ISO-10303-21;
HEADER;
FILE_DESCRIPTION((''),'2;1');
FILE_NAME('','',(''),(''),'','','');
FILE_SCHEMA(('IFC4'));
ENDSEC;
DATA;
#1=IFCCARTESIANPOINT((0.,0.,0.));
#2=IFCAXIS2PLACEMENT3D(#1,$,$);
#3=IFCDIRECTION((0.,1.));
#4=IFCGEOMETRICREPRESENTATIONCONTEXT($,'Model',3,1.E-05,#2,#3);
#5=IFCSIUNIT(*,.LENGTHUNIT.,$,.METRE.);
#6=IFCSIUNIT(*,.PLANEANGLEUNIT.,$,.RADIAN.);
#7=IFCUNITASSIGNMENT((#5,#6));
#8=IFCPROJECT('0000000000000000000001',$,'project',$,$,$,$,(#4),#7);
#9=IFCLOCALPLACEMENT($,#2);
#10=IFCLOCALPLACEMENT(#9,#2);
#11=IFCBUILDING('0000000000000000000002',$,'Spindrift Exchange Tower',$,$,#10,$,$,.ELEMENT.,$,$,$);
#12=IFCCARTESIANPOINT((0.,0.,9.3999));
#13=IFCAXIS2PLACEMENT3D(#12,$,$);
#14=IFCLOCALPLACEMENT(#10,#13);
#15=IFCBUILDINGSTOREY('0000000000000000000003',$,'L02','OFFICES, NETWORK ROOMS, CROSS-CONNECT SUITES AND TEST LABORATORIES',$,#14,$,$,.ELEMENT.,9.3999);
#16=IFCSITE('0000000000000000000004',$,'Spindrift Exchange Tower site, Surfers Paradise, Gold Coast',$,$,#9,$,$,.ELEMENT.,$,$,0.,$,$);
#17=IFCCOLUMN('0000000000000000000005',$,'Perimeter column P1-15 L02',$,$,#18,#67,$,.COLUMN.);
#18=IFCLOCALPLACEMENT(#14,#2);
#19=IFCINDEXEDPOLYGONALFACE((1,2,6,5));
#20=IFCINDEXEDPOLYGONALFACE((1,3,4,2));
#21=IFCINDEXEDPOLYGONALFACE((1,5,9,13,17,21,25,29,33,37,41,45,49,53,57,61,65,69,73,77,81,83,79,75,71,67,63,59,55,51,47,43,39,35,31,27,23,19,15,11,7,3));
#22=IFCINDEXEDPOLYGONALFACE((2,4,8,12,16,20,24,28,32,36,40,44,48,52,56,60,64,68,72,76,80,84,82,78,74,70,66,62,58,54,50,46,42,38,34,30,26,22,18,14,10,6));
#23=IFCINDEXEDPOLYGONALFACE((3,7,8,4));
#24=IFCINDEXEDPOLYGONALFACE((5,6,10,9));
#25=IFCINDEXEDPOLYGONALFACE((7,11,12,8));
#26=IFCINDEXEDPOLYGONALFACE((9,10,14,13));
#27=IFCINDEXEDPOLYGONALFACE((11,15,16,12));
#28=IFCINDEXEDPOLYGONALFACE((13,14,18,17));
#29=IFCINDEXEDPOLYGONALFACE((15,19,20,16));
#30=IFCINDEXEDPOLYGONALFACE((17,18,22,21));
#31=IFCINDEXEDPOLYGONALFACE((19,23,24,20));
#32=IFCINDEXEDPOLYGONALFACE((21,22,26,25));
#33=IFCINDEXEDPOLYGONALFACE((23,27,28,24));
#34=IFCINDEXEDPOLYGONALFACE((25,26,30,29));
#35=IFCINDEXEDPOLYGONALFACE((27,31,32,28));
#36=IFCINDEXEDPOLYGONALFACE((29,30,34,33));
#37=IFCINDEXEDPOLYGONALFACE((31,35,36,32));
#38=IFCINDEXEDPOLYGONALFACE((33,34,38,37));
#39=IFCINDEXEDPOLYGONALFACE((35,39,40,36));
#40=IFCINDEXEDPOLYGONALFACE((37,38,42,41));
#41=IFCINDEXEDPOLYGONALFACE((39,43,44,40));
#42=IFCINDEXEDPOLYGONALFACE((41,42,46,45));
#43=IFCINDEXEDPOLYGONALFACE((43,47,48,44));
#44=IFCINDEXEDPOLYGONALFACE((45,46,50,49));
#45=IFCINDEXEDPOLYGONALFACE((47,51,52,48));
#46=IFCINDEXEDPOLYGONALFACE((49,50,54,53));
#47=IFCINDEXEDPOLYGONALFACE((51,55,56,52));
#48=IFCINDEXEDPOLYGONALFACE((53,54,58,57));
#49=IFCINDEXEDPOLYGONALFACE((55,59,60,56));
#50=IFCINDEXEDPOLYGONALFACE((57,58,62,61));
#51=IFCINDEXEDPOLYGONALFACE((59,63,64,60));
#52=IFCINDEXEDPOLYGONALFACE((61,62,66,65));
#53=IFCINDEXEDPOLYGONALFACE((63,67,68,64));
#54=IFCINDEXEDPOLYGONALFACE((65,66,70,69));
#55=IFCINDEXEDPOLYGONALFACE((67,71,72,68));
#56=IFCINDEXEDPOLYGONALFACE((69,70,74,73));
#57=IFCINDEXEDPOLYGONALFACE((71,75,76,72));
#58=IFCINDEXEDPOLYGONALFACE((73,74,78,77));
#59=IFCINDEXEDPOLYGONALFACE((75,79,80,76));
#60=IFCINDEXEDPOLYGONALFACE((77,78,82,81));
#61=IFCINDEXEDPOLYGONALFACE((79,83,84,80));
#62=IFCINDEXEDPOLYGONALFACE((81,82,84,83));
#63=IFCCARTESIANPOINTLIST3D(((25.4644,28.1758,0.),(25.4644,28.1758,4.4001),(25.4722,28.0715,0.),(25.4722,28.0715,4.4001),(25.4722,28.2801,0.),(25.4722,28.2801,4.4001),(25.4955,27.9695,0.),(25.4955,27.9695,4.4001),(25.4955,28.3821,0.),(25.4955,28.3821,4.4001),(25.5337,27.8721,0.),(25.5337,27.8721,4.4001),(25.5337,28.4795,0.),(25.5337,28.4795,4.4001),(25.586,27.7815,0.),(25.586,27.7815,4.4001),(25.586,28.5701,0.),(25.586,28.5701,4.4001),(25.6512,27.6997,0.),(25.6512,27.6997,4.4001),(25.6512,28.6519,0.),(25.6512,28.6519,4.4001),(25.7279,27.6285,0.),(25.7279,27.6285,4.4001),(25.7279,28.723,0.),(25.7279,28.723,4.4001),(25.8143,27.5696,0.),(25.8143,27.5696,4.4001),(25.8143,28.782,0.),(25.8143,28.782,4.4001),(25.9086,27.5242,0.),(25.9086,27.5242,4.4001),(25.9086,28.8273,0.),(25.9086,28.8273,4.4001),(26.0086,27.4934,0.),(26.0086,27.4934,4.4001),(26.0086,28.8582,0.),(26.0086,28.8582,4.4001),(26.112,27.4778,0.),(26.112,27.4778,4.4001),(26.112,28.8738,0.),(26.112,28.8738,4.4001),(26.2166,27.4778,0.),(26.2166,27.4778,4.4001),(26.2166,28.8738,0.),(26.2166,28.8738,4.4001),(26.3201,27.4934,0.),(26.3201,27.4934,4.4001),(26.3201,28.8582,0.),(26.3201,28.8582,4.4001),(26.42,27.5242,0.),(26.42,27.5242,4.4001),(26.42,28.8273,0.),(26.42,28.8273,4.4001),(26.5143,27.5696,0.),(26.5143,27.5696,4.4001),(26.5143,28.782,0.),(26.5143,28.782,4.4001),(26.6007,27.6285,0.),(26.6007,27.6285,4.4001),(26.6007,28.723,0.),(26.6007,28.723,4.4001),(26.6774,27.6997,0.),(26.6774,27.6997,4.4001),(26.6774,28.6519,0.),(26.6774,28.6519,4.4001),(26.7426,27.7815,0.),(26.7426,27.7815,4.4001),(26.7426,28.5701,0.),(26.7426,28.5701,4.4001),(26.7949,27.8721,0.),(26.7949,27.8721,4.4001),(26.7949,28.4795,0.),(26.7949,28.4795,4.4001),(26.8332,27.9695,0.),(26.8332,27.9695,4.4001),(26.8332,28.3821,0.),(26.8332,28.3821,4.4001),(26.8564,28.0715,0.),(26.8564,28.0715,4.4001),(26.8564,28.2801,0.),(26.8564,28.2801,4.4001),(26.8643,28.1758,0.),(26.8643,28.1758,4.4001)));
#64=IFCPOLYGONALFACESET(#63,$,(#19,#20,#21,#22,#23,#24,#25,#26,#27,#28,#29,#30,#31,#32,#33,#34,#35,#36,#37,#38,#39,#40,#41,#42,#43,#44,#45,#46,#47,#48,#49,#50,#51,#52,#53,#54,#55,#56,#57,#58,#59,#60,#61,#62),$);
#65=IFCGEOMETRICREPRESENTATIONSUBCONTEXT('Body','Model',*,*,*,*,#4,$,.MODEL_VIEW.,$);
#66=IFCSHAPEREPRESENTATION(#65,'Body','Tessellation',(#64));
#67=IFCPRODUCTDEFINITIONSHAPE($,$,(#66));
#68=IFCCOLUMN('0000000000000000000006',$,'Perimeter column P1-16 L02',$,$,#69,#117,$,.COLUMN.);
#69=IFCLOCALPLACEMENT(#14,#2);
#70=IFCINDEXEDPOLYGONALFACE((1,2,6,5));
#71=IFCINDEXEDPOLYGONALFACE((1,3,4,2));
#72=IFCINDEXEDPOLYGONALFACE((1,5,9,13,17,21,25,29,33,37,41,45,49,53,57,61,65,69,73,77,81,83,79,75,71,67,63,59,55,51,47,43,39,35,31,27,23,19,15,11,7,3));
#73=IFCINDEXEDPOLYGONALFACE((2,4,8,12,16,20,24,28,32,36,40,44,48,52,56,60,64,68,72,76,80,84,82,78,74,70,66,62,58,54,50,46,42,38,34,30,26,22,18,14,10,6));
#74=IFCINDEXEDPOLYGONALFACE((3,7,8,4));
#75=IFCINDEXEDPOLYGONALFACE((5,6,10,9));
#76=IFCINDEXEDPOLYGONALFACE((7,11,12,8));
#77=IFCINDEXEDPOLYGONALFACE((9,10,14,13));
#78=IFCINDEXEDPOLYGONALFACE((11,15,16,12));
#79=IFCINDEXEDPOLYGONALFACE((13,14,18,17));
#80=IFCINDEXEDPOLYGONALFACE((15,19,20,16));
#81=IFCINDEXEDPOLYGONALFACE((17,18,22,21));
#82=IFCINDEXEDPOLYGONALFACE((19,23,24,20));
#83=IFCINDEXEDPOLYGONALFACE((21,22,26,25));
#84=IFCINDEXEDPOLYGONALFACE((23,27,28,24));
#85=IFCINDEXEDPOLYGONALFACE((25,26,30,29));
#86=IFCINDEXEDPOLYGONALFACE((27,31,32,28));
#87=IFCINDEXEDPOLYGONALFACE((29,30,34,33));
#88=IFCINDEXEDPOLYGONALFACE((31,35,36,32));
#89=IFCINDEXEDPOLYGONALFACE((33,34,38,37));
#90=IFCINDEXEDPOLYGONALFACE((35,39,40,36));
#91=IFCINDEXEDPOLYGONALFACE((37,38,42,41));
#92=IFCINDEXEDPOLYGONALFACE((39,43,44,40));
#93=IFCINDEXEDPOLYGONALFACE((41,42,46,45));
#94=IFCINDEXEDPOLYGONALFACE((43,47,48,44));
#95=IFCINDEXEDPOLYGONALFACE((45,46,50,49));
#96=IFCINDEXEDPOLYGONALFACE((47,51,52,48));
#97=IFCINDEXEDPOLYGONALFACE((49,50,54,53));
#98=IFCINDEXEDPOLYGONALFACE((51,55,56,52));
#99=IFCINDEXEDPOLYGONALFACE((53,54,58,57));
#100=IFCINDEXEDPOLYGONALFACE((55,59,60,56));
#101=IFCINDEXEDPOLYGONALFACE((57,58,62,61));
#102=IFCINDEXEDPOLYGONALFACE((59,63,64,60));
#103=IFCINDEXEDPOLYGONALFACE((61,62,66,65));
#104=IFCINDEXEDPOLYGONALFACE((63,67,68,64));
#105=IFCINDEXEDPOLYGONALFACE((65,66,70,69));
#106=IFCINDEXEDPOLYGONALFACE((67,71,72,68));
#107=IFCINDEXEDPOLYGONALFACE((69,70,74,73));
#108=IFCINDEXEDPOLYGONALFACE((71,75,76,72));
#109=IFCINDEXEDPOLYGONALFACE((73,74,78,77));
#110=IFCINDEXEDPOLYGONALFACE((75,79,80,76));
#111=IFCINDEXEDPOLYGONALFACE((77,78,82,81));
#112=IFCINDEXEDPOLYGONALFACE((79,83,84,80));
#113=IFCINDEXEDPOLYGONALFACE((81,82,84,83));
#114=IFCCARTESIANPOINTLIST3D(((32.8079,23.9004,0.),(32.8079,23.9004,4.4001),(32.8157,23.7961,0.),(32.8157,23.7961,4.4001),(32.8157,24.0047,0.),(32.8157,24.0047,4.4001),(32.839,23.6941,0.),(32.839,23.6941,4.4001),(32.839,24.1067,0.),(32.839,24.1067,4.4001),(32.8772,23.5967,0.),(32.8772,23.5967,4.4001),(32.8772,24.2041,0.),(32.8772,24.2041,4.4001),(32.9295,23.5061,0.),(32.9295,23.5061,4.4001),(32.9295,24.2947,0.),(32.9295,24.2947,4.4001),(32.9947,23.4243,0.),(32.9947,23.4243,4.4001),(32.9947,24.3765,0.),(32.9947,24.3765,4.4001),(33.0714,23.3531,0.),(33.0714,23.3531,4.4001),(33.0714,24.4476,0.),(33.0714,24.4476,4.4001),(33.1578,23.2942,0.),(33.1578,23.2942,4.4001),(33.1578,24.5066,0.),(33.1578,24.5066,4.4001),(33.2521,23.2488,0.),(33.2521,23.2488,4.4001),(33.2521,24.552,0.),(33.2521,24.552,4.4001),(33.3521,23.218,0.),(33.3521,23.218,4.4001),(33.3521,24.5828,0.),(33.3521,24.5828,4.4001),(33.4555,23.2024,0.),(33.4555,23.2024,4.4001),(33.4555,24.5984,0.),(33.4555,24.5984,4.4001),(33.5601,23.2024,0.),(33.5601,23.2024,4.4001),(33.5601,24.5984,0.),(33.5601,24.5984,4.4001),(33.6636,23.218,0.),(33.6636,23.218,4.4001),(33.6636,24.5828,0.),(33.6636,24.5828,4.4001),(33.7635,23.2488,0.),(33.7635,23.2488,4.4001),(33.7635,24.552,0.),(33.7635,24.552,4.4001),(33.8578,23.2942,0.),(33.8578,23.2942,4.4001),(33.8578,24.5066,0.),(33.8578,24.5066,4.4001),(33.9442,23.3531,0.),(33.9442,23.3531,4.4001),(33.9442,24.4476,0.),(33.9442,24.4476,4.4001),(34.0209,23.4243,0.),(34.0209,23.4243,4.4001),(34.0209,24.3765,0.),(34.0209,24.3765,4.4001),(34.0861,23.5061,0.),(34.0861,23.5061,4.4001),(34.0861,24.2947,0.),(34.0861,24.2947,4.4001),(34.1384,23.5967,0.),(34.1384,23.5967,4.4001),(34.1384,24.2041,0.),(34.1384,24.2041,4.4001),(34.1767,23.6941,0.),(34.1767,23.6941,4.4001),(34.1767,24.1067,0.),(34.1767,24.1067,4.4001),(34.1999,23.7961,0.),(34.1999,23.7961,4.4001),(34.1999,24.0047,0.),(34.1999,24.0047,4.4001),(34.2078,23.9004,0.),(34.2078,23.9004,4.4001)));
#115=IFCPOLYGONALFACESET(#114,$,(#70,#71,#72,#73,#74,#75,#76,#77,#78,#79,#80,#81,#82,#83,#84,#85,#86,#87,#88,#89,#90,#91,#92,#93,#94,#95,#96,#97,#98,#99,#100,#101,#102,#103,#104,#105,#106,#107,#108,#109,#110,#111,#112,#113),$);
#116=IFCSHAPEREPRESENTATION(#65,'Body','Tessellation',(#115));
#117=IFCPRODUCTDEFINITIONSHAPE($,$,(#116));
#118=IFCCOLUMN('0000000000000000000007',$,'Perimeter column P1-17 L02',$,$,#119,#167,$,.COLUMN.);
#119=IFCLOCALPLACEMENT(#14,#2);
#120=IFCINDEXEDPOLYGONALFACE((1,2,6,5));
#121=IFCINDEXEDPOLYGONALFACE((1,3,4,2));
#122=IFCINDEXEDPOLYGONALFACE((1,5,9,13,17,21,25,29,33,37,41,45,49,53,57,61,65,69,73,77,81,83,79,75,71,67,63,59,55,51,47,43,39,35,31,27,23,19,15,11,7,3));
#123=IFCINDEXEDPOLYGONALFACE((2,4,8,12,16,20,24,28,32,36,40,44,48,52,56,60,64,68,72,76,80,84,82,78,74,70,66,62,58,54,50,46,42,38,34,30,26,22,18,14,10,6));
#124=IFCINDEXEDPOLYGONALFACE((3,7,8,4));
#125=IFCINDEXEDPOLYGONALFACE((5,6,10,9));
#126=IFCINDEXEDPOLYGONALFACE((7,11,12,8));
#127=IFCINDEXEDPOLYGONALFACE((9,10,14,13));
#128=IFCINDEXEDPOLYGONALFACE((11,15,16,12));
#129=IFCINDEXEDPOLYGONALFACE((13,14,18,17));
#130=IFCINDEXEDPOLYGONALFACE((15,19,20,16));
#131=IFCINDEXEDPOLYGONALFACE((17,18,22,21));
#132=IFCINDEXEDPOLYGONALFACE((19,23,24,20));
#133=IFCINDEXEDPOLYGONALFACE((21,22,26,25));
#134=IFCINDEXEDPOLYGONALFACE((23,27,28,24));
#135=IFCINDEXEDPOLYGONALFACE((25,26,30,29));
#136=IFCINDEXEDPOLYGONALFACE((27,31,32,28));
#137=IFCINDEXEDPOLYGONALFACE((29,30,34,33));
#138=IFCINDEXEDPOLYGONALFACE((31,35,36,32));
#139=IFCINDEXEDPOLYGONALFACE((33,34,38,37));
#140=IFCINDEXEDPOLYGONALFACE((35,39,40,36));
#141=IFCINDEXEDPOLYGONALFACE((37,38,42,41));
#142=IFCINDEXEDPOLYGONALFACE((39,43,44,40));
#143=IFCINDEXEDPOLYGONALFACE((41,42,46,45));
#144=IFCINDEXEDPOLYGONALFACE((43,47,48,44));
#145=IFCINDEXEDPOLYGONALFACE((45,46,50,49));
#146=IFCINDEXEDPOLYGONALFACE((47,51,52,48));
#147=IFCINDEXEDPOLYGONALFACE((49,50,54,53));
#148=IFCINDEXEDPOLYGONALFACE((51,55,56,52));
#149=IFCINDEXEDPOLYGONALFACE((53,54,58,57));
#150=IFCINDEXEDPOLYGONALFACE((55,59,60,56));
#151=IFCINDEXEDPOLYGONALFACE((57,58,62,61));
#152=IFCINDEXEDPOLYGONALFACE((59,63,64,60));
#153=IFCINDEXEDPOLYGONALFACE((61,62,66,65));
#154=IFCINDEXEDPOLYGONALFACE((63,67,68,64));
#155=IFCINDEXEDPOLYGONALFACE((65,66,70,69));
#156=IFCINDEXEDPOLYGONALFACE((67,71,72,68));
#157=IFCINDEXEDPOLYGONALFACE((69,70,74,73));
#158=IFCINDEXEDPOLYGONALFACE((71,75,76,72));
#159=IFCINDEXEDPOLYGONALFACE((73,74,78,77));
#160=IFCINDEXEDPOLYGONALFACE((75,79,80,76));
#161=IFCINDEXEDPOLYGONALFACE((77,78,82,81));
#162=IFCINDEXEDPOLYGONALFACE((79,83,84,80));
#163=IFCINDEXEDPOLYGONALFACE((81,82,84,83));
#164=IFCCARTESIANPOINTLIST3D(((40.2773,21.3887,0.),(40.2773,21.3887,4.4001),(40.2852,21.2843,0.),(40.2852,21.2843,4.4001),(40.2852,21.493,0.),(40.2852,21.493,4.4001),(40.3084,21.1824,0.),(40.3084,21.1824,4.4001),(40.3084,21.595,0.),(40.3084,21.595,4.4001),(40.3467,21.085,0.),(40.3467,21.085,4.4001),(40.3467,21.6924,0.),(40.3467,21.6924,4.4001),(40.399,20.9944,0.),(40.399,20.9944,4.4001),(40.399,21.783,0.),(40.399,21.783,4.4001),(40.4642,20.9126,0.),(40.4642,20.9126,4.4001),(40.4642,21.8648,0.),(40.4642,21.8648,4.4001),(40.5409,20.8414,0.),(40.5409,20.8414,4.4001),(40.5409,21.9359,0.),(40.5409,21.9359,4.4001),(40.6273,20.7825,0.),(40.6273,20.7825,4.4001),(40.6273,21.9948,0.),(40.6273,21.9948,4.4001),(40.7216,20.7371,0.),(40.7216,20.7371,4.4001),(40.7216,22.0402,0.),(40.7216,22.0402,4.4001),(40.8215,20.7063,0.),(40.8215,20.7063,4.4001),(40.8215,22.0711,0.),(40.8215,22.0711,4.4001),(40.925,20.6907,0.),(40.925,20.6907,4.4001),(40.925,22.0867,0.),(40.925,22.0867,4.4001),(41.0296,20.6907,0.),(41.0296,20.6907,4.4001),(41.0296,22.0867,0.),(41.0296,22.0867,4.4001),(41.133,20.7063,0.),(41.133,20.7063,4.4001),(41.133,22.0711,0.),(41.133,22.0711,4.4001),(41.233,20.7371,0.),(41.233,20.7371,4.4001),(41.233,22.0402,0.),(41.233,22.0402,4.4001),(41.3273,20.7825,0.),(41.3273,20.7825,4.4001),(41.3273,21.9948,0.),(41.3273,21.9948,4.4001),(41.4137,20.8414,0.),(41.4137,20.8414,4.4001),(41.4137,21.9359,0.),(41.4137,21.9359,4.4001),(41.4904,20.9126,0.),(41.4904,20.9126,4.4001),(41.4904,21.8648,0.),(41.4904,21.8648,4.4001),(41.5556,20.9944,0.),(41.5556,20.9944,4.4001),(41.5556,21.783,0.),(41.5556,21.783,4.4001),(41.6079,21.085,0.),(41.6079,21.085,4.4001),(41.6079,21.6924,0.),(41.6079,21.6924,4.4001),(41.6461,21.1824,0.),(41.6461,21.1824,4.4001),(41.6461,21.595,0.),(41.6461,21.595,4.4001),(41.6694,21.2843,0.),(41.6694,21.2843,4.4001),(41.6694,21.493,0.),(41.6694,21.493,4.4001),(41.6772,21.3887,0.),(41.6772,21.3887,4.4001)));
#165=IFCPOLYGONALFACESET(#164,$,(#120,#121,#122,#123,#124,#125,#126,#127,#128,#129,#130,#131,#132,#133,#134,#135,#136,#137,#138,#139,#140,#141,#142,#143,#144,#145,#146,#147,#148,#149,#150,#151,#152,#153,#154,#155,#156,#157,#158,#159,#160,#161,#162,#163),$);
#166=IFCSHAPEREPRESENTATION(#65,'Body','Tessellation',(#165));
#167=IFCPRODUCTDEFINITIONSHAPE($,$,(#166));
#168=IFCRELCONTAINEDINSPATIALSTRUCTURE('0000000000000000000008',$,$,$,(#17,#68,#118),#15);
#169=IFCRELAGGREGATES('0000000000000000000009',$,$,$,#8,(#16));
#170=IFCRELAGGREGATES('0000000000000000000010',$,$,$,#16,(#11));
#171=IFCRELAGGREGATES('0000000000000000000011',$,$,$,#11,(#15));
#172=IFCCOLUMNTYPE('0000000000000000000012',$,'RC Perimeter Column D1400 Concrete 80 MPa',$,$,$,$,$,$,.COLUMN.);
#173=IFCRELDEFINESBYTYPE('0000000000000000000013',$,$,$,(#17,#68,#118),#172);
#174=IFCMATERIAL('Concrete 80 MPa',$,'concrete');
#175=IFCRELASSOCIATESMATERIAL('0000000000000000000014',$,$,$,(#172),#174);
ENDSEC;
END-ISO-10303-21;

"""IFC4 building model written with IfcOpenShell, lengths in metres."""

from ifc_helpers import new_model, si_unit, direction, frame, origin, origin_2d, place, context, subcontext, project, spatial, circle, extrude, source, transform, mapped, material, material_profile, profile_set, type_object, element, save


model = new_model("IFC4")

# Units and contexts
model_context = context("Model", 3, precision=1e-05, world=origin(), true_north=direction((0.0, 1.0)))
body_context = subcontext(model_context, "Body", "Model", "MODEL_VIEW")
ifc_project = project(units=[si_unit("LENGTHUNIT", "METRE"), si_unit("PLANEANGLEUNIT", "RADIAN")], contexts=[model_context])

# Site, building, storey
site_placement = place(None, origin())
site = spatial("IfcSite", under=ifc_project, at=site_placement, Name="Spindrift Exchange Tower site, Surfers Paradise, Gold Coast", CompositionType="ELEMENT", RefElevation=0.0)
building_placement = place(site_placement, origin())
building = spatial("IfcBuilding", under=site, at=building_placement, Name="Spindrift Exchange Tower", CompositionType="ELEMENT")
storey_placement = place(building_placement, frame((0.0, 0.0, 9.3999)))
storey = spatial("IfcBuildingStorey", under=building, at=storey_placement, Name="L02", Description="OFFICES, NETWORK ROOMS, CROSS-CONNECT SUITES AND TEST LABORATORIES", CompositionType="ELEMENT", Elevation=9.3999)

# Columns
ifc_material_1 = material(Name="Concrete 80 MPa", Category="concrete")
ifc_material_profile_1 = material_profile(ifc_material_1, circle(Radius=0.7, at=origin_2d()), Name="RC D1400")
ifc_profile_set_1 = profile_set([ifc_material_profile_1], Name="Concrete 80 MPa")
column_type = type_object("IfcColumnType", Name="RC Perimeter Column D1400 Concrete 80 MPa", PredefinedType="COLUMN", material=ifc_profile_set_1)
shared_shape_1 = source(origin(), body_context, "Body", "SweptSolid", [
    extrude(circle(Radius=0.7, at=origin_2d()), origin(), (0.0, 0.0, 1.0), 4.4001),
])
for number, where, z_axis, x_axis, name in (
    (1, (26.1643, 28.1758, 0.0), (0.0, 0.0, 1.0), (1.0, 0.0, 0.0), "Perimeter column P1-15 L02"),
    (2, (33.5078, 23.9004, 0.0), (0.0, 0.0, 1.0), (1.0, 0.0, 0.0), "Perimeter column P1-16 L02"),
    (3, (40.9773, 21.3887, 0.0), (0.0, 0.0, 1.0), (1.0, 0.0, 0.0), "Perimeter column P1-17 L02"),
):
    element("IfcColumn", number, at=place(storey_placement, frame(where, z_axis=z_axis, x_axis=x_axis)), inside=storey, type_object=column_type, Name=name, PredefinedType="COLUMN", context=body_context, shape_type="MappedRepresentation", body=[
        mapped(shared_shape_1, transform((0.0, 0.0, 0.0), scale=1.0)),
    ])

save(model, "model.ifc")
